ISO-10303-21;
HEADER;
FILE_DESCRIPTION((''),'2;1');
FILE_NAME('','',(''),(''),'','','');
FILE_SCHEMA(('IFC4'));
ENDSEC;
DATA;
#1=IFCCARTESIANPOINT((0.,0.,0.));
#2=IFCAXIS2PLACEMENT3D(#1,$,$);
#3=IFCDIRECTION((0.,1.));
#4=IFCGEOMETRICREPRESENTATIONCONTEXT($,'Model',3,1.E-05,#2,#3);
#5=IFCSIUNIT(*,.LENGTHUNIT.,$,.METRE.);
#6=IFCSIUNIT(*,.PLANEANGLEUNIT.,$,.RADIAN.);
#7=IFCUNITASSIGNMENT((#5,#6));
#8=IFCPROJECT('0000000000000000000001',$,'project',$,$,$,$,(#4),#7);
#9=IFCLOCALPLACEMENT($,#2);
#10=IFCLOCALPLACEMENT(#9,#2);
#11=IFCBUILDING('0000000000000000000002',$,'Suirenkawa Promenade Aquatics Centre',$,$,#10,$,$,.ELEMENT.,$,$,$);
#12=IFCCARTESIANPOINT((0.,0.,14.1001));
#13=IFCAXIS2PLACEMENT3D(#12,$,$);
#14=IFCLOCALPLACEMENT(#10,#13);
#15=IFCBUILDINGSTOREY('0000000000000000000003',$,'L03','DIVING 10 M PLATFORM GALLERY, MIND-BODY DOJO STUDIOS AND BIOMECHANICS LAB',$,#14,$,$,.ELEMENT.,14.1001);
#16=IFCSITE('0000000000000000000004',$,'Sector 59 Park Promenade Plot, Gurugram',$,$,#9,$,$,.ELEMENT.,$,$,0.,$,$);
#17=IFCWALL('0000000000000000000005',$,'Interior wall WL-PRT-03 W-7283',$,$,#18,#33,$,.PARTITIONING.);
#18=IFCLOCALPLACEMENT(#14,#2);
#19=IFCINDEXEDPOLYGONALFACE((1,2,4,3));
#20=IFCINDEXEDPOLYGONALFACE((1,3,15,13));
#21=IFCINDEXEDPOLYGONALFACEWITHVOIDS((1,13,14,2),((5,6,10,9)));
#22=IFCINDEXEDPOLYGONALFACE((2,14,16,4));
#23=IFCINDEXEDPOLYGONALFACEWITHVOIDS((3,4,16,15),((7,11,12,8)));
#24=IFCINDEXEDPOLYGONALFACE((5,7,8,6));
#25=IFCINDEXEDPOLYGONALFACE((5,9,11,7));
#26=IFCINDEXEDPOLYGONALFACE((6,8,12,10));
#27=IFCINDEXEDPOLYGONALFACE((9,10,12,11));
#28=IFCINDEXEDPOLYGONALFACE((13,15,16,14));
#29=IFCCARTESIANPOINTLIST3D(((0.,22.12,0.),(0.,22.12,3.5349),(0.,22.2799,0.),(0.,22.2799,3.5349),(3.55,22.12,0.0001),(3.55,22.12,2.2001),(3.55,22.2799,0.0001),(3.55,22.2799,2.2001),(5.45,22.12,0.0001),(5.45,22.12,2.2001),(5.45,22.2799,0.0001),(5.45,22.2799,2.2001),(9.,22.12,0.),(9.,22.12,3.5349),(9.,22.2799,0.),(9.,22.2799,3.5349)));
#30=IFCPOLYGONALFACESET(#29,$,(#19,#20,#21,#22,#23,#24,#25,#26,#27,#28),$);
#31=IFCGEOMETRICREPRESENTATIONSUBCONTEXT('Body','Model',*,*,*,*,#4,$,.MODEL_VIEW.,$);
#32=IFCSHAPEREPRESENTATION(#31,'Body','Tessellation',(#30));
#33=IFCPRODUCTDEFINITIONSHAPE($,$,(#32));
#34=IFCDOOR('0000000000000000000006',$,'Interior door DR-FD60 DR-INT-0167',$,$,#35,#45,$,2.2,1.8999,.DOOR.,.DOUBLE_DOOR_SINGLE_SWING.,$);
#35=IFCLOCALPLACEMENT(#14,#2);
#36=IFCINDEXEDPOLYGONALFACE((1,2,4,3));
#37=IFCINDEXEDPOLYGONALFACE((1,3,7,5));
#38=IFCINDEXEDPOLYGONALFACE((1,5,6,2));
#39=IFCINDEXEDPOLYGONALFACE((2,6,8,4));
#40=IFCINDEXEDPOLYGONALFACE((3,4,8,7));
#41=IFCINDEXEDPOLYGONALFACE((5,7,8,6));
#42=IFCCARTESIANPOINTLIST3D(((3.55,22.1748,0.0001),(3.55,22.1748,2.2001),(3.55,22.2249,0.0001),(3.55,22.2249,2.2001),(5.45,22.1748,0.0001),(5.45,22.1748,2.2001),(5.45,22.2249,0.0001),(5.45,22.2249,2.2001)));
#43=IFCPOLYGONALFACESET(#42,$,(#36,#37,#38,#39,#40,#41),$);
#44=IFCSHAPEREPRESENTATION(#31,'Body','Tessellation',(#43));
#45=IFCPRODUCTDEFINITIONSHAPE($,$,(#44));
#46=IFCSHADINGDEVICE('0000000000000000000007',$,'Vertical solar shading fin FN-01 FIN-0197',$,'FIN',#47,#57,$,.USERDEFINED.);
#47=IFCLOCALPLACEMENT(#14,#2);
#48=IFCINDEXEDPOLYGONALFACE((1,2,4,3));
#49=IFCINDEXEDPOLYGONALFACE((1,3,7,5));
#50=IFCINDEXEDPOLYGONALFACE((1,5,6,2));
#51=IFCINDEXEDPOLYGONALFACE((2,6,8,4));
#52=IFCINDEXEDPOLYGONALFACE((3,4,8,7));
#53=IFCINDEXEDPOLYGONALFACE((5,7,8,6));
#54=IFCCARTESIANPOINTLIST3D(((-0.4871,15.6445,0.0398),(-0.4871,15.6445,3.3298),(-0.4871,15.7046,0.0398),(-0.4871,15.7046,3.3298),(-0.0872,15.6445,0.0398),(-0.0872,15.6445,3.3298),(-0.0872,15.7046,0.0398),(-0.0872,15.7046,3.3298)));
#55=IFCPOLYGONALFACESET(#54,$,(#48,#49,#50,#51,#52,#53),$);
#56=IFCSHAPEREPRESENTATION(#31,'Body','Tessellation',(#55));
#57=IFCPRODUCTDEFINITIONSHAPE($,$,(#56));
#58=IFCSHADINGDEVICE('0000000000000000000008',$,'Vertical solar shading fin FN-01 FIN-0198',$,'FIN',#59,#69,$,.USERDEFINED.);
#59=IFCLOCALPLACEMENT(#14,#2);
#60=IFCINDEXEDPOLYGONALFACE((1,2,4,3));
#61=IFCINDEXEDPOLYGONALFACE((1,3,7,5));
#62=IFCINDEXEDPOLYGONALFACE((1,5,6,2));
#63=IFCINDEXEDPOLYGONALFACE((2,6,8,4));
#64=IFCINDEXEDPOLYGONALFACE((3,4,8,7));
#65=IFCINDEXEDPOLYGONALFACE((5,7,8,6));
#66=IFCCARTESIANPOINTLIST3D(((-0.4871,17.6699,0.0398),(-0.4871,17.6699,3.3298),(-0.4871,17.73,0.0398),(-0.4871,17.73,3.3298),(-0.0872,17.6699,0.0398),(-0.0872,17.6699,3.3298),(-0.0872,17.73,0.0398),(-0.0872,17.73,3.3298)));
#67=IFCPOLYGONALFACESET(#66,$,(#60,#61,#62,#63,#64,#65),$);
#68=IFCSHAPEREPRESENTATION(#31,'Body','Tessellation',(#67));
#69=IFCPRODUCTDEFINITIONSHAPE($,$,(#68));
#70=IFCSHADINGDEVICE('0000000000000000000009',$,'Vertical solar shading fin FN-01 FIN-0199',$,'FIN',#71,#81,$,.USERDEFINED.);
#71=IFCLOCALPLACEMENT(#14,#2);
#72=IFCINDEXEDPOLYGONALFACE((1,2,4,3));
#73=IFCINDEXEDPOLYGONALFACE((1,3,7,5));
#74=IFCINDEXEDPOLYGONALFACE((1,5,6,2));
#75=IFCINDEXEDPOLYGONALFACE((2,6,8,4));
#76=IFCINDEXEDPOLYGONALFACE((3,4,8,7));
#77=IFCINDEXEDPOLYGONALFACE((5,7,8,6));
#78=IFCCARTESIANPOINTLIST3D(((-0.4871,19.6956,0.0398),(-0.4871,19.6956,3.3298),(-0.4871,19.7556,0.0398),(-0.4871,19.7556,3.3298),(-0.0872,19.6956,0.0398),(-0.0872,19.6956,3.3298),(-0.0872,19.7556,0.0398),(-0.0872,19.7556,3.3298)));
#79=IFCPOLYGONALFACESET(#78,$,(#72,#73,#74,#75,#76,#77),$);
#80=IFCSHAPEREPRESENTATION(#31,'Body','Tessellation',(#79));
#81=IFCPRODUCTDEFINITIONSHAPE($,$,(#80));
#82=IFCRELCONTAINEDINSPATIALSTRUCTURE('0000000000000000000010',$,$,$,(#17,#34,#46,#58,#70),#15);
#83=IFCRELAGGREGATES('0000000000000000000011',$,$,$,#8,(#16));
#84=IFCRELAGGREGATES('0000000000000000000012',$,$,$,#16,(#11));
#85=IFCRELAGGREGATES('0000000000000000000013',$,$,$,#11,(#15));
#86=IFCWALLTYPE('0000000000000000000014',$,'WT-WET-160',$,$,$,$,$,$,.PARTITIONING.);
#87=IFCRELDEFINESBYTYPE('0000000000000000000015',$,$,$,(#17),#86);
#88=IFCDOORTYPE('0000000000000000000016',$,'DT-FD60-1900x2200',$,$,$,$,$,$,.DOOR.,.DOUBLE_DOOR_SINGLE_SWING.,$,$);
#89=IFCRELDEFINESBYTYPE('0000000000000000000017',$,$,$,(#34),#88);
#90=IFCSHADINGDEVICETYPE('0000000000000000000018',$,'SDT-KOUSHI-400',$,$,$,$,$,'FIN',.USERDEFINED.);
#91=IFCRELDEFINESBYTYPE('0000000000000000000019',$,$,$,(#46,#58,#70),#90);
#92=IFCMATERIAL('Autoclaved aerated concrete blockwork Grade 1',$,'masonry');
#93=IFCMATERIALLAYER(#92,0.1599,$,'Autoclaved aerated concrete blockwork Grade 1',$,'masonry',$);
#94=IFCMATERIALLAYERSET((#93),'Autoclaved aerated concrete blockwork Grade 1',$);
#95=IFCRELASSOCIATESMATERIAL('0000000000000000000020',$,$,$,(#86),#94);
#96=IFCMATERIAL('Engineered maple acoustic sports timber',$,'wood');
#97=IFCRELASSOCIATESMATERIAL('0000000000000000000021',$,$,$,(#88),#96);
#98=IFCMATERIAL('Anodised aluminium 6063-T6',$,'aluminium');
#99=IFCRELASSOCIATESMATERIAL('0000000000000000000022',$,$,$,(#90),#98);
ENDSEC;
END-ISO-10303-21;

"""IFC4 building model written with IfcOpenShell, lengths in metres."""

from ifc_helpers import new_model, si_unit, direction, frame, frame_2d, origin, origin_2d, place, context, subcontext, project, spatial, rectangle, extrude, material, layer, layer_set, type_object, element, fill, save


model = new_model("IFC4")

# Units and contexts
model_context = context("Model", 3, precision=1e-05, world=origin(), true_north=direction((0.0, 1.0)))
body_context = subcontext(model_context, "Body", "Model", "MODEL_VIEW")
ifc_project = project(units=[si_unit("LENGTHUNIT", "METRE"), si_unit("PLANEANGLEUNIT", "RADIAN")], contexts=[model_context])

# Site, building, storey
site_placement = place(None, origin())
site = spatial("IfcSite", under=ifc_project, at=site_placement, Name="Sector 59 Park Promenade Plot, Gurugram", CompositionType="ELEMENT", RefElevation=0.0)
building_placement = place(site_placement, origin())
building = spatial("IfcBuilding", under=site, at=building_placement, Name="Suirenkawa Promenade Aquatics Centre", CompositionType="ELEMENT")
storey_placement = place(building_placement, frame((0.0, 0.0, 14.1001)))
storey = spatial("IfcBuildingStorey", under=building, at=storey_placement, Name="L03", Description="DIVING 10 M PLATFORM GALLERY, MIND-BODY DOJO STUDIOS AND BIOMECHANICS LAB", CompositionType="ELEMENT", Elevation=14.1001)

# Shared definitions
ifc_material_1 = material(Name="Anodised aluminium 6063-T6", Category="aluminium")

# Wall, opening, door
ifc_material_2 = material(Name="Autoclaved aerated concrete blockwork Grade 1", Category="masonry")
ifc_layer_1 = layer(ifc_material_2, 0.1599, Name="Autoclaved aerated concrete blockwork Grade 1", Category="masonry")
ifc_layer_set_1 = layer_set([ifc_layer_1], Name="Autoclaved aerated concrete blockwork Grade 1")
wall_type_1 = type_object("IfcWallType", Name="WT-WET-160", PredefinedType="PARTITIONING", material=ifc_layer_set_1)
wall_1_placement = place(storey_placement, frame((0.0, 22.2, 0.0), z_axis=(0.0, 0.0, 1.0), x_axis=(1.0, 0.0, 0.0)))
wall_1 = element("IfcWall", 1, at=wall_1_placement, inside=storey, type_object=wall_type_1, Name="Interior wall WL-PRT-03 W-7283", PredefinedType="PARTITIONING", context=body_context, shape_type="SweptSolid", body=[
    extrude(rectangle(XDim=9.0, YDim=0.1599, at=frame_2d((4.5, 0.0))), origin(), (0.0, 0.0, 1.0), 3.5349),
])
opening_placement = place(wall_1_placement, frame((3.55, 0.0, 0.0)))
opening = element("IfcOpeningElement", 2, at=opening_placement, cuts=wall_1, PredefinedType="OPENING", context=body_context, shape_type="SweptSolid", body=[
    extrude(rectangle(XDim=1.8999, YDim=2.2, at=frame_2d((0.95, 1.1001))), frame((0.0, 0.0898, 0.0), z_axis=(0.0, -1.0, 0.0), x_axis=(1.0, 0.0, 0.0)), (0.0, 0.0, 1.0), 0.1799),
])
ifc_material_3 = material(Name="Engineered maple acoustic sports timber", Category="wood")
door_type = type_object("IfcDoorType", Name="DT-FD60-1900x2200", OperationType="DOUBLE_DOOR_SINGLE_SWING", PredefinedType="DOOR", material=ifc_material_3)
door_placement = place(opening_placement, origin())
door = element("IfcDoor", 3, at=door_placement, inside=storey, type_object=door_type, Name="Interior door DR-FD60 DR-INT-0167", OperationType="DOUBLE_DOOR_SINGLE_SWING", OverallHeight=2.2, OverallWidth=1.8999, PredefinedType="DOOR", context=body_context, shape_type="SweptSolid", body=[
    extrude(rectangle(XDim=1.8999, YDim=2.2, at=frame_2d((0.95, 1.1001))), frame((0.0, 0.0249, 0.0), z_axis=(0.0, -1.0, 0.0), x_axis=(1.0, 0.0, 0.0)), (0.0, 0.0, 1.0), 0.05),
])
fill(opening, door)

# Shading devices
shading_device_type = type_object("IfcShadingDeviceType", Name="SDT-KOUSHI-400", ElementType="FIN", PredefinedType="USERDEFINED", material=ifc_material_1)
for number, where, z_axis, x_axis, name in (
    (4, (-0.2871, 15.6746, 0.0398), (0.0, 0.0, 1.0), (-1.0, 0.0, 0.0), "Vertical solar shading fin FN-01 FIN-0197"),
    (5, (-0.2871, 17.7, 0.0398), (0.0, 0.0, 1.0), (-1.0, 0.0, 0.0), "Vertical solar shading fin FN-01 FIN-0198"),
    (6, (-0.2871, 19.7256, 0.0398), (0.0, 0.0, 1.0), (-1.0, 0.0, 0.0), "Vertical solar shading fin FN-01 FIN-0199"),
):
    element("IfcShadingDevice", number, at=place(storey_placement, frame(where, z_axis=z_axis, x_axis=x_axis)), inside=storey, type_object=shading_device_type, Name=name, ObjectType="FIN", PredefinedType="USERDEFINED", context=body_context, shape_type="SweptSolid", body=[
        extrude(rectangle(XDim=0.3999, YDim=0.0601, at=origin_2d()), origin(), (0.0, 0.0, 1.0), 3.29),
    ])

save(model, "model.ifc")
